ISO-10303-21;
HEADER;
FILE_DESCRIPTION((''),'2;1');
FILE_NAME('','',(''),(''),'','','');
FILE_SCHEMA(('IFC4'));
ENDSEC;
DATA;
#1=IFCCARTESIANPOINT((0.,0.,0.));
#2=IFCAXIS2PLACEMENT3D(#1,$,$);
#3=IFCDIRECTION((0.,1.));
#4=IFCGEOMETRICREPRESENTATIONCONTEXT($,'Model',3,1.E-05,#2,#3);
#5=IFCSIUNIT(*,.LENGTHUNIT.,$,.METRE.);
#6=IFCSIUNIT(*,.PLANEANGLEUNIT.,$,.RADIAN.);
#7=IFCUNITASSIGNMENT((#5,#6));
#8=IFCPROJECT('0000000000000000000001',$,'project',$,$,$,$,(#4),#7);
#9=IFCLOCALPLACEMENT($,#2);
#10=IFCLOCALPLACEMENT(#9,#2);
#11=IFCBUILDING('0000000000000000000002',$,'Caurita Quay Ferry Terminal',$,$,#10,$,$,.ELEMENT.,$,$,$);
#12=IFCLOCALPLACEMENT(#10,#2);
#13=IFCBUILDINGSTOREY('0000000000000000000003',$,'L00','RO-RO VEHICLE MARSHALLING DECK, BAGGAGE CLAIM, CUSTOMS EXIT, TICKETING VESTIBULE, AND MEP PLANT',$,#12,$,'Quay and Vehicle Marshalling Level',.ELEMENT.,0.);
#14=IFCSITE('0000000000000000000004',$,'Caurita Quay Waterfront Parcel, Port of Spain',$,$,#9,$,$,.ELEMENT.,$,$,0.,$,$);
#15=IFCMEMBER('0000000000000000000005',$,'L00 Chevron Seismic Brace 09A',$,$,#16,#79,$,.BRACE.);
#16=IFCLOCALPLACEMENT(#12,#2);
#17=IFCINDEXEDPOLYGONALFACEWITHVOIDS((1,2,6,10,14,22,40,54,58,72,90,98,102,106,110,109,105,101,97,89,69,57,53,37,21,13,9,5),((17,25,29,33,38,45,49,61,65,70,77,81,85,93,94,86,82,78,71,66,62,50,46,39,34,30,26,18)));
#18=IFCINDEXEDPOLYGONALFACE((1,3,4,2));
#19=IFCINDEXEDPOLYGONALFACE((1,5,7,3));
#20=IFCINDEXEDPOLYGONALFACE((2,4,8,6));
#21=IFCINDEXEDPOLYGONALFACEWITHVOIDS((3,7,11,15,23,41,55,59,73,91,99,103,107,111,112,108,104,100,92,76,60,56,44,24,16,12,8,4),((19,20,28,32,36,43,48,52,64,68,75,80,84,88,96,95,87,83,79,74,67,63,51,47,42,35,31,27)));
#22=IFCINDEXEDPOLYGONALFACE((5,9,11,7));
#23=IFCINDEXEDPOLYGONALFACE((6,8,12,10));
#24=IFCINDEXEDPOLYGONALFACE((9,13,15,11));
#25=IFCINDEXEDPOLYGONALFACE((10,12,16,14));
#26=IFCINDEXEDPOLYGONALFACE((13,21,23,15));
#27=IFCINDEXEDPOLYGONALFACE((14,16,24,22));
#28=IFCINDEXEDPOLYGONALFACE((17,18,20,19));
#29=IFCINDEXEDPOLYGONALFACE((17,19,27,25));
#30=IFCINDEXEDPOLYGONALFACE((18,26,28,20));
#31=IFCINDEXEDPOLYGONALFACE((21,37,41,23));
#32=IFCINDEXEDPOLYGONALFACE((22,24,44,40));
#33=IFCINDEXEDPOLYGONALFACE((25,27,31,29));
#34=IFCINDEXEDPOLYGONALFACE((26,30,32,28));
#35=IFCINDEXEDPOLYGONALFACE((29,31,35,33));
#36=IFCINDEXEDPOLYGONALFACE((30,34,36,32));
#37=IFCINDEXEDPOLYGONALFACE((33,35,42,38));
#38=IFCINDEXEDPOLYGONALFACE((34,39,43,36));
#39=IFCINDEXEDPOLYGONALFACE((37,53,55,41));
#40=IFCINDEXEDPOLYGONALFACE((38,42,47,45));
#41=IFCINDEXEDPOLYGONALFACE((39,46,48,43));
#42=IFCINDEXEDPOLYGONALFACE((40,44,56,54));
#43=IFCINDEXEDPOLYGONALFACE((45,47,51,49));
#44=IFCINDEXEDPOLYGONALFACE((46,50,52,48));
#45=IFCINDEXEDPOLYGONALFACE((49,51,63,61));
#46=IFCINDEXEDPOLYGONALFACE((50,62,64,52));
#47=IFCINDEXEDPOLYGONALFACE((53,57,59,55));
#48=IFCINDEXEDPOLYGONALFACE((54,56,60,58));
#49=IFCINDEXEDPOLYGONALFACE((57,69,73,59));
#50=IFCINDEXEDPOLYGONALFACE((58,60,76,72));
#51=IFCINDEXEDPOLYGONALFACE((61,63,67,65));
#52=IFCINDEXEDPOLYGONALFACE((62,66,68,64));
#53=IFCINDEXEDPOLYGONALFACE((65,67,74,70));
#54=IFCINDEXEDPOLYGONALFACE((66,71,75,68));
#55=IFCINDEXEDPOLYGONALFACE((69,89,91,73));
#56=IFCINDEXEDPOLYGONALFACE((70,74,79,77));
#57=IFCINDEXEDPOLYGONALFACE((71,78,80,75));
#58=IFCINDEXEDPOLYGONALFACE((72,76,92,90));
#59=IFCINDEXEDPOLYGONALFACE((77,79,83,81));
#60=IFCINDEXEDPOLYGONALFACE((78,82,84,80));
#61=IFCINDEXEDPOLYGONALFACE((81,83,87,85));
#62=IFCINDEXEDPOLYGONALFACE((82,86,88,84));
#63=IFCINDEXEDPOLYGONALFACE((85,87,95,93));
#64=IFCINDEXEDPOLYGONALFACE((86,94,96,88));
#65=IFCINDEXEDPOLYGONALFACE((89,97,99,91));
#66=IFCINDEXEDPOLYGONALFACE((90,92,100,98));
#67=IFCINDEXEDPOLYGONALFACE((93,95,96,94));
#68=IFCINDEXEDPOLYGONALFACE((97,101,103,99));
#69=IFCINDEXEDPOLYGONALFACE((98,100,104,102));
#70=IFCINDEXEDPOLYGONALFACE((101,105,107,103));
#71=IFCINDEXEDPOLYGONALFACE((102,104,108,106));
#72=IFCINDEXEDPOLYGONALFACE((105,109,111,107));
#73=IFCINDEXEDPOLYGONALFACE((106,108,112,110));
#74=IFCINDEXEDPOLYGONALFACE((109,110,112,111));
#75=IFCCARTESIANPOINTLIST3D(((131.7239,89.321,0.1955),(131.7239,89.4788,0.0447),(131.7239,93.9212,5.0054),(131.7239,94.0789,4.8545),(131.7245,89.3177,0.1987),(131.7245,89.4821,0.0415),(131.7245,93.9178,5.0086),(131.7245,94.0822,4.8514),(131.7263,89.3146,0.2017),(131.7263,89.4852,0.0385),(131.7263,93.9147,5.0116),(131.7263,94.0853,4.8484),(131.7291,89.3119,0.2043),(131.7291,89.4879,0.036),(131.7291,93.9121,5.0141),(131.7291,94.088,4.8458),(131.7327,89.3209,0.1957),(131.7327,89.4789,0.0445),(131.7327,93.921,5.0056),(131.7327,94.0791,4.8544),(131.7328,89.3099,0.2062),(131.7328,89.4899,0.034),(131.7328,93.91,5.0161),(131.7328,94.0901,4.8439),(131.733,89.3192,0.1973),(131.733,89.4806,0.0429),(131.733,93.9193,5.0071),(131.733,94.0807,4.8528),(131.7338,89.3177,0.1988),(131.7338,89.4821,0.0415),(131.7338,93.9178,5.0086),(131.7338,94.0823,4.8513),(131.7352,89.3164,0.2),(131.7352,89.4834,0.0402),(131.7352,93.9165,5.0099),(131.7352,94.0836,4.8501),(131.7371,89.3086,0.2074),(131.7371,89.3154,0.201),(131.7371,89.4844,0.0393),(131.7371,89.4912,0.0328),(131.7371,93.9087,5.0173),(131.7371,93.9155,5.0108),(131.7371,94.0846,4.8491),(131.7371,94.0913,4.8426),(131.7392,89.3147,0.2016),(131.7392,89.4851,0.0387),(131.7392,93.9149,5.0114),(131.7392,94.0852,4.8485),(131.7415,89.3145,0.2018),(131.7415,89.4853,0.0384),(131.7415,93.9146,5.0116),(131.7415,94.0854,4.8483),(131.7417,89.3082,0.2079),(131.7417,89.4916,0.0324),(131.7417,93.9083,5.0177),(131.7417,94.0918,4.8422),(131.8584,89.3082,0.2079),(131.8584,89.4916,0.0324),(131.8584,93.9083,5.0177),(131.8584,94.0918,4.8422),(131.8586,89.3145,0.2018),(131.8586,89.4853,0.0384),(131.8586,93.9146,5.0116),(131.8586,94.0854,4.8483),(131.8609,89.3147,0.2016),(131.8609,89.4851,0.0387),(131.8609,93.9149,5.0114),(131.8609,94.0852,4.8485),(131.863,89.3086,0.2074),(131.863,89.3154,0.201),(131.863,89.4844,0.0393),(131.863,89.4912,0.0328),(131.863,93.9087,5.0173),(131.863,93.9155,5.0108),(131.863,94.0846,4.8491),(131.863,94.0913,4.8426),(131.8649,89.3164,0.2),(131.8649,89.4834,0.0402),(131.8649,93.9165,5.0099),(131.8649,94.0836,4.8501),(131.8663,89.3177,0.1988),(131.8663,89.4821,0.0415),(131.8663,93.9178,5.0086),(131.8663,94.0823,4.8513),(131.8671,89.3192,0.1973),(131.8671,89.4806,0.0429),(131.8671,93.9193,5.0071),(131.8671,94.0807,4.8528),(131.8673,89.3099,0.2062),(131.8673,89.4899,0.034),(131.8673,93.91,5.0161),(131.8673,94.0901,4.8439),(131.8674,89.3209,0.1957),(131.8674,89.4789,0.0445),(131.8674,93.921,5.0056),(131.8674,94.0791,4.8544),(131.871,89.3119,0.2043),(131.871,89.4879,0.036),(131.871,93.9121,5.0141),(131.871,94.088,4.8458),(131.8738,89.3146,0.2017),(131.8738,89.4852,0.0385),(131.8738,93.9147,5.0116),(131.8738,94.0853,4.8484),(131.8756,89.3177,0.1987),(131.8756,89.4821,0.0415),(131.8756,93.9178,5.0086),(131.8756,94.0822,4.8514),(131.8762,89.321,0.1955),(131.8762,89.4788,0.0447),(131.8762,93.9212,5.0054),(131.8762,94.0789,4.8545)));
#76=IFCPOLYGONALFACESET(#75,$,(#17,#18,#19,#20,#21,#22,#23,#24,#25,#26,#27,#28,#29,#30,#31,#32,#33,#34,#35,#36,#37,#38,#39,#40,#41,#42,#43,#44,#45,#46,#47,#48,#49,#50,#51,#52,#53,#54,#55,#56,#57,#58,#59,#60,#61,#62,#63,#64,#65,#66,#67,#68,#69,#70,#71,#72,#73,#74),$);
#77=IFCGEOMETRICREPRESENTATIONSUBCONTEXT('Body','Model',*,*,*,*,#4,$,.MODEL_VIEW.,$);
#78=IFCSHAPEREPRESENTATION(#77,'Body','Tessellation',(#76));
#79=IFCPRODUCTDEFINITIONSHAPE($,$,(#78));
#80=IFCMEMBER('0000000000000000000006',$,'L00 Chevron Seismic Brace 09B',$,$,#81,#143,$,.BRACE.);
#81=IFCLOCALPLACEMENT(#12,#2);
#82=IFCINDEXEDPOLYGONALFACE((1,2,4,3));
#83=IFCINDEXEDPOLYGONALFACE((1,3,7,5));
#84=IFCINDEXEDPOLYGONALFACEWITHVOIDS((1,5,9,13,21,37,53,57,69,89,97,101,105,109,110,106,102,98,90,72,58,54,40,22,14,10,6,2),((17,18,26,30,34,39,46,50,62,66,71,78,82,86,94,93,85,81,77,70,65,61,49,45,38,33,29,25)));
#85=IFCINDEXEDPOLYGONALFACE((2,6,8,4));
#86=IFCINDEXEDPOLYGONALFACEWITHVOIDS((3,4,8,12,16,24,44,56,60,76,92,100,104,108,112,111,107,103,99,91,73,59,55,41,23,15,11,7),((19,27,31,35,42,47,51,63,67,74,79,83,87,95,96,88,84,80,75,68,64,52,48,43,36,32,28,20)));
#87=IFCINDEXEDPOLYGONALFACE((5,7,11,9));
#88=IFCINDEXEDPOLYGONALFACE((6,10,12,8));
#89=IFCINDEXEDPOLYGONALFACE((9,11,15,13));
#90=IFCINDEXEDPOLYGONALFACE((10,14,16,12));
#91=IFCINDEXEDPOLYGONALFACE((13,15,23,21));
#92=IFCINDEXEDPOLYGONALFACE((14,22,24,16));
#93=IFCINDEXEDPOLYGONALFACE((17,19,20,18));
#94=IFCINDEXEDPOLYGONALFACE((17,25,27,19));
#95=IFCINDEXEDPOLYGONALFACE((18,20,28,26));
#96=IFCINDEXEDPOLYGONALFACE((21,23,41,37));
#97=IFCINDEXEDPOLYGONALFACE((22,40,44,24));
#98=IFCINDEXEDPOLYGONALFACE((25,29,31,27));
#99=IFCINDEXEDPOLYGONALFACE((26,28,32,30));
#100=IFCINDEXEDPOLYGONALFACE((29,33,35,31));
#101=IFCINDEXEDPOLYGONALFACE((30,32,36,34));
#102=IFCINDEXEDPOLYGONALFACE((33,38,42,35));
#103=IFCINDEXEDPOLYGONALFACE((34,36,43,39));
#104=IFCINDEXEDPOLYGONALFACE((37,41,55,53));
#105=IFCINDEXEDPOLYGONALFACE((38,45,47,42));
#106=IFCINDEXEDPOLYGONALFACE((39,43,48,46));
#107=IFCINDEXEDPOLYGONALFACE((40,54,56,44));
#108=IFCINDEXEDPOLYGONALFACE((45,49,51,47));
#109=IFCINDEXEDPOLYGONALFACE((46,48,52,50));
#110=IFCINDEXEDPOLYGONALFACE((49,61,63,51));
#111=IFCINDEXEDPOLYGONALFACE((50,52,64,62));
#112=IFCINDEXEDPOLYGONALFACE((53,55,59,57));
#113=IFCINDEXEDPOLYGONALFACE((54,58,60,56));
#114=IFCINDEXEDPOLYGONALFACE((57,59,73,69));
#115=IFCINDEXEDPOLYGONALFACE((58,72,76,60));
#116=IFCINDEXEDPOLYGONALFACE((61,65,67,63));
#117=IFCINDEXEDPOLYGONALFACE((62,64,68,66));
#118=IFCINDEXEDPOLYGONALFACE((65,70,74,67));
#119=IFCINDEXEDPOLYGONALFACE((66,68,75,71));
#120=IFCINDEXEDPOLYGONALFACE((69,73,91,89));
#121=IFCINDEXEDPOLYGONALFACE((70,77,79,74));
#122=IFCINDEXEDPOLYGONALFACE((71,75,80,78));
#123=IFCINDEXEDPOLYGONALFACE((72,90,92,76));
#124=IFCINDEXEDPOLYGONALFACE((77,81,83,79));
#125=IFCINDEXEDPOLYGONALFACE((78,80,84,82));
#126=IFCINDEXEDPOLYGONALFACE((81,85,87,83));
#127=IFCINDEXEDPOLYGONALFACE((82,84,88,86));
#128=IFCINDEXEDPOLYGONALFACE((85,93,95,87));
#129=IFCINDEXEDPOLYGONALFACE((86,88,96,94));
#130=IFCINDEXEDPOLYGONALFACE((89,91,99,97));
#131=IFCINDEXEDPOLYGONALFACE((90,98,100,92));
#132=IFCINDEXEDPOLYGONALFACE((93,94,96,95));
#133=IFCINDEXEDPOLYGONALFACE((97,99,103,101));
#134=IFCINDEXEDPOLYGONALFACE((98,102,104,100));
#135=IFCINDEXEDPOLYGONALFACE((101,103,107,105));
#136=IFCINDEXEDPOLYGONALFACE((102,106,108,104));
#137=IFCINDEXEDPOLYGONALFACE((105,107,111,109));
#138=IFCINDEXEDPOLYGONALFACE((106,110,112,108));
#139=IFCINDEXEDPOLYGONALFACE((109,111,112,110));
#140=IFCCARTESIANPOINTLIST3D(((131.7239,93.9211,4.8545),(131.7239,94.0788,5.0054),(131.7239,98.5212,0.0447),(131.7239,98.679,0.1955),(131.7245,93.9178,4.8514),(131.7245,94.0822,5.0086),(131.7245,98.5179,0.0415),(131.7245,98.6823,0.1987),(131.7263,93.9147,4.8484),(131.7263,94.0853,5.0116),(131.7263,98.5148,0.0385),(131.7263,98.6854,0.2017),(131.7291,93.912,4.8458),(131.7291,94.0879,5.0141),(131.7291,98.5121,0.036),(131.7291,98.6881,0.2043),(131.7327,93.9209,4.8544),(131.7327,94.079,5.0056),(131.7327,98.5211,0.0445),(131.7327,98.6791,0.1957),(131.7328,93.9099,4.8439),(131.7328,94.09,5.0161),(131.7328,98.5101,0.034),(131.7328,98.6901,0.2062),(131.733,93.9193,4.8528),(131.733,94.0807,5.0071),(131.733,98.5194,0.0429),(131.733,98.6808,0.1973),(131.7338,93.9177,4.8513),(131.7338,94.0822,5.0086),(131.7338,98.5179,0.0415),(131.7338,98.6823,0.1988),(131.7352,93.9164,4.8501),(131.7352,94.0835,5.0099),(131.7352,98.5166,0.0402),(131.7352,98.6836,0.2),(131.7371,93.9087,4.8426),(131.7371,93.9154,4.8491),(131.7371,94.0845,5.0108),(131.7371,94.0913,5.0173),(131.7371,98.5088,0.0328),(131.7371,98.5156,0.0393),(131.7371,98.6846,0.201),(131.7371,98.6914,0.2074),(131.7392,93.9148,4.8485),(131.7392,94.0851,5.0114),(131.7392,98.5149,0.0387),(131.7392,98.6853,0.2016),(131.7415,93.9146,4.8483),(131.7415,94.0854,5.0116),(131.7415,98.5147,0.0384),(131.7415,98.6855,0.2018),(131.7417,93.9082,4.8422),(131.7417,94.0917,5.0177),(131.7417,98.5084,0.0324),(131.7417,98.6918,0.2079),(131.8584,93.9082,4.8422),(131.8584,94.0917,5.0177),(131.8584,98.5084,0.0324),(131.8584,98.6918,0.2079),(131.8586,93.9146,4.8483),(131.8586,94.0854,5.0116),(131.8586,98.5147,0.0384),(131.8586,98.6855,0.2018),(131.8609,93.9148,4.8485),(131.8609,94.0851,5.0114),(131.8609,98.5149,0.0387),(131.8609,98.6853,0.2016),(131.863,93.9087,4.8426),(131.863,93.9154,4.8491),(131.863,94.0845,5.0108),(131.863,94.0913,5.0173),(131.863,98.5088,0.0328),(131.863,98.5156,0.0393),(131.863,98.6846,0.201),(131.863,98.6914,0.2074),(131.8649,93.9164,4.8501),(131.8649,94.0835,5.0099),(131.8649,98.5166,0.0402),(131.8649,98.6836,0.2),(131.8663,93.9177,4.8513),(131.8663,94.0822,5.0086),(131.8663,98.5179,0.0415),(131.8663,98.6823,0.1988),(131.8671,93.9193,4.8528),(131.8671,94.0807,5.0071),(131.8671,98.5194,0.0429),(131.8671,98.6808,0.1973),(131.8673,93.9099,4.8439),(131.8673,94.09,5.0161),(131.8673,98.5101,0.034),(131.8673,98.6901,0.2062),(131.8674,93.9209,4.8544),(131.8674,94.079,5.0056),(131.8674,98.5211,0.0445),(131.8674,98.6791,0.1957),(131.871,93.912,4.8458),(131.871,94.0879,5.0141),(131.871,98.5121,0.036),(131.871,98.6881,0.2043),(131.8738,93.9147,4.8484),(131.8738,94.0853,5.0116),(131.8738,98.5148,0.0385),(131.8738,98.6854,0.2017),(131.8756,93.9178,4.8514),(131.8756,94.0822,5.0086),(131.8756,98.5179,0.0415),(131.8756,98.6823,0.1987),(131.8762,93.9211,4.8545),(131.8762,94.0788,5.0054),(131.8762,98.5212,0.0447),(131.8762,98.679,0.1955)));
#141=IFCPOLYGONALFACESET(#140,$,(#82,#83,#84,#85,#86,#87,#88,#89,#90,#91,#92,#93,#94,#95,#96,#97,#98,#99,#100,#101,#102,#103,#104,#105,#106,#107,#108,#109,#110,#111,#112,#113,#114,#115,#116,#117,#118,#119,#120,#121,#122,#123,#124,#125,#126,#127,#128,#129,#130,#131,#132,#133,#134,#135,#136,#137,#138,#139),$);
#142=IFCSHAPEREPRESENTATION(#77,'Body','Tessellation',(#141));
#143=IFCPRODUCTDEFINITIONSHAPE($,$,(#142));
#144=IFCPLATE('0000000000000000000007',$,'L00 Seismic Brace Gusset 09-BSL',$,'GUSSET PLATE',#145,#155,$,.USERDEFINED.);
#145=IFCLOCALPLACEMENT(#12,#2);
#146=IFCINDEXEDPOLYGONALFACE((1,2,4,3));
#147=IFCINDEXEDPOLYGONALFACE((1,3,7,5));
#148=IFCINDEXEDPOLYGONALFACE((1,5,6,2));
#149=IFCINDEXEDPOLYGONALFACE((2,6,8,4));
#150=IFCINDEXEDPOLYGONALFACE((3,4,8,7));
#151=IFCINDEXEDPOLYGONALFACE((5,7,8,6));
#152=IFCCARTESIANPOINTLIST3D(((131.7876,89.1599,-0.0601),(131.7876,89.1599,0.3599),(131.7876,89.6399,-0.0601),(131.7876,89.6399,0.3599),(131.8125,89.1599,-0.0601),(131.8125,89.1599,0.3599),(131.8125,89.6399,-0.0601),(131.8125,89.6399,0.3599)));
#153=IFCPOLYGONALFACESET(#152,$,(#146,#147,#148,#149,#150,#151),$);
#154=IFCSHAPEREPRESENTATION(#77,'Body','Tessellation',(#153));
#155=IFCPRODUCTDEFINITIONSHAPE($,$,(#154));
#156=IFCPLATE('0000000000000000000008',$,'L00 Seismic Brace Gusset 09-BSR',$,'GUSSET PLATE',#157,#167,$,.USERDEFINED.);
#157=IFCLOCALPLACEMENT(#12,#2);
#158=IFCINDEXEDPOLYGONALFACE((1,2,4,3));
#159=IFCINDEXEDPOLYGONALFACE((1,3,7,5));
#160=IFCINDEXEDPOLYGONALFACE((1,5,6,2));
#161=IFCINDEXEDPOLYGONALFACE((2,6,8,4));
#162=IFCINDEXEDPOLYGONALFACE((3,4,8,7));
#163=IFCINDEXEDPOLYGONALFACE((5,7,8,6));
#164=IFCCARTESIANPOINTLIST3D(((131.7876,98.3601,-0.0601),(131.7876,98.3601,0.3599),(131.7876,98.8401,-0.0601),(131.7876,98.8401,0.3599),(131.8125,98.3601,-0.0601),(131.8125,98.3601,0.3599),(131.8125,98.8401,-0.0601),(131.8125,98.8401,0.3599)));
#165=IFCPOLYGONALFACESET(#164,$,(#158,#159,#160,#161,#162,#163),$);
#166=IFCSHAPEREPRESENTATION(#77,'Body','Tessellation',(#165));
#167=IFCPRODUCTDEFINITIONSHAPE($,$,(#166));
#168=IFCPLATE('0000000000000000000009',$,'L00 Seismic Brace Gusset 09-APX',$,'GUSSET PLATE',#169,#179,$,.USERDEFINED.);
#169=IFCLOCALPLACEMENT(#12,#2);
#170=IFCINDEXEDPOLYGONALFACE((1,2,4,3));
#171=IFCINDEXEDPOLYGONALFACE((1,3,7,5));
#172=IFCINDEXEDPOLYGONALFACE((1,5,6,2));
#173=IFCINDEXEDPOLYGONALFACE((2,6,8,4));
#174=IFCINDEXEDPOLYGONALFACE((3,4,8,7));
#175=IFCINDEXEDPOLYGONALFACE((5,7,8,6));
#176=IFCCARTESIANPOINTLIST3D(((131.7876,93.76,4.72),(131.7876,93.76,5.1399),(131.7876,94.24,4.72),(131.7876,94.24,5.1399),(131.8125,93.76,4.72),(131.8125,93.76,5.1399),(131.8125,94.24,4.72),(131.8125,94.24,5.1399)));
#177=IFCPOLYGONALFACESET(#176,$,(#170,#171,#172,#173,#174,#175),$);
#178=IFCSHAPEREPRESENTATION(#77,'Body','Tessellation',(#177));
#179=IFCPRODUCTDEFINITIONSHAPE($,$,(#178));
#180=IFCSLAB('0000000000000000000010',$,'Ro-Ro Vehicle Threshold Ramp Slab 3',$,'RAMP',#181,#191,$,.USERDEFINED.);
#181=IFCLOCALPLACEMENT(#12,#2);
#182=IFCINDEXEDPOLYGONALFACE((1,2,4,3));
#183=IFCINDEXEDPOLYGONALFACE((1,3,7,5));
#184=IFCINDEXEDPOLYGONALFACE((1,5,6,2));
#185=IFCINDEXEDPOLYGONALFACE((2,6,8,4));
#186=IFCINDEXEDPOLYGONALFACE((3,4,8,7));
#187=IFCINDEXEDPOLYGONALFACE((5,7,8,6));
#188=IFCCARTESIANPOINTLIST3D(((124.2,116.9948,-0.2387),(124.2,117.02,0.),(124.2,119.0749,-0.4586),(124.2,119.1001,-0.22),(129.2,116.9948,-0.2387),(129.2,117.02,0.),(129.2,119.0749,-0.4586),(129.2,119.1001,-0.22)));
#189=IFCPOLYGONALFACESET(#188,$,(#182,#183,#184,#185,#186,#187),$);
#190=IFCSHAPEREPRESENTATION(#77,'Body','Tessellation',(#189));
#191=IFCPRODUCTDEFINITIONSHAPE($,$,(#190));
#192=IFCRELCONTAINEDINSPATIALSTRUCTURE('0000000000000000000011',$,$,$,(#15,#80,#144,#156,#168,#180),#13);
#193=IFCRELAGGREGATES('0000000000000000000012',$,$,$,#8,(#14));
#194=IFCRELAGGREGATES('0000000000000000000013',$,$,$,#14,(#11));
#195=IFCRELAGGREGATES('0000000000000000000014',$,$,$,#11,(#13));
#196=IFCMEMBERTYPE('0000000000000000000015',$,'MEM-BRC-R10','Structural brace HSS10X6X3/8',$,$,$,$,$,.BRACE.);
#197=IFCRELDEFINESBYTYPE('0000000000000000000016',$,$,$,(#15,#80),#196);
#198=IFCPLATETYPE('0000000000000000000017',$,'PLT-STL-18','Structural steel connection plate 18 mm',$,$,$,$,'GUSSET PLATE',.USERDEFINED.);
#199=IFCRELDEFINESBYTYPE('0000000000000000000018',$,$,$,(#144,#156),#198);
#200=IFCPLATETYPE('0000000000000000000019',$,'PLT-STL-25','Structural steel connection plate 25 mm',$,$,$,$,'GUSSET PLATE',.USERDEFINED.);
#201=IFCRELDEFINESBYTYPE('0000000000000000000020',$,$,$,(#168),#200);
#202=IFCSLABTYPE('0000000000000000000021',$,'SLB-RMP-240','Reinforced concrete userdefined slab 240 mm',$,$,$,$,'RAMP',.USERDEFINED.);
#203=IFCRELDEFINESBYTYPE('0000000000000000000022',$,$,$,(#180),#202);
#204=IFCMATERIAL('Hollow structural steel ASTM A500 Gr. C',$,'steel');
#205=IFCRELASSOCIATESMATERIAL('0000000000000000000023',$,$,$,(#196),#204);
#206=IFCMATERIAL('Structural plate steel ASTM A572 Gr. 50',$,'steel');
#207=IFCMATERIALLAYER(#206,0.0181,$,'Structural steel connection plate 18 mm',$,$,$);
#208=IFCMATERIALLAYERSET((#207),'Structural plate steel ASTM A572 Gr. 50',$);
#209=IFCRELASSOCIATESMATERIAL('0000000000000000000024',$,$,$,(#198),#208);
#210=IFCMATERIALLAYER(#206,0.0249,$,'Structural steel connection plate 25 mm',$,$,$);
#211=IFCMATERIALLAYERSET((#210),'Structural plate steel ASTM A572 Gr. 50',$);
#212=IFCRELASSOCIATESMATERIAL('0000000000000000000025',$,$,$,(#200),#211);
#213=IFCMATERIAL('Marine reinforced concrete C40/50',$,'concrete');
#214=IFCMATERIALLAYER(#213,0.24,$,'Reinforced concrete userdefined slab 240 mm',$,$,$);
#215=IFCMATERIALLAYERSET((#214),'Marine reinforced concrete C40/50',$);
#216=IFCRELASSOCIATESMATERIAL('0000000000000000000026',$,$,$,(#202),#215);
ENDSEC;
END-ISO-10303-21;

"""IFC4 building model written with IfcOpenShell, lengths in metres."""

from ifc_helpers import new_model, si_unit, direction, frame, origin, origin_2d, place, context, subcontext, project, spatial, polyline, rectangle, hollow_rectangle, outline, extrude, material, layer, layer_set, material_profile, profile_set, type_object, element, save


model = new_model("IFC4")

# Units and contexts
model_context = context("Model", 3, precision=1e-05, world=origin(), true_north=direction((0.0, 1.0)))
body_context = subcontext(model_context, "Body", "Model", "MODEL_VIEW")
ifc_project = project(units=[si_unit("LENGTHUNIT", "METRE"), si_unit("PLANEANGLEUNIT", "RADIAN")], contexts=[model_context])

# Site, building, storey
site_placement = place(None, origin())
site = spatial("IfcSite", under=ifc_project, at=site_placement, Name="Caurita Quay Waterfront Parcel, Port of Spain", CompositionType="ELEMENT", RefElevation=0.0)
building_placement = place(site_placement, origin())
building = spatial("IfcBuilding", under=site, at=building_placement, Name="Caurita Quay Ferry Terminal", CompositionType="ELEMENT")
storey_placement = place(building_placement, origin())
storey = spatial("IfcBuildingStorey", under=building, at=storey_placement, Name="L00", Description="RO-RO VEHICLE MARSHALLING DECK, BAGGAGE CLAIM, CUSTOMS EXIT, TICKETING VESTIBULE, AND MEP PLANT", LongName="Quay and Vehicle Marshalling Level", CompositionType="ELEMENT", Elevation=0.0)

# Shared definitions
ifc_material_1 = material(Name="Marine reinforced concrete C40/50", Category="concrete")

# Members
ifc_material_2 = material(Name="Hollow structural steel ASTM A500 Gr. C", Category="steel")
ifc_material_profile_1 = material_profile(ifc_material_2, hollow_rectangle(XDim=0.1523, YDim=0.2539, WallThickness=0.0088, InnerFilletRadius=0.0088, OuterFilletRadius=0.0178, at=origin_2d()), Name="HSS10X6X3/8")
ifc_profile_set_1 = profile_set([ifc_material_profile_1], Name="Hollow structural steel ASTM A500 Gr. C")
member_type = type_object("IfcMemberType", Name="MEM-BRC-R10", Description="Structural brace HSS10X6X3/8", PredefinedType="BRACE", material=ifc_profile_set_1)
for number, where, z_axis, x_axis, name in (
    (1, (131.8, 89.3999, 0.1201), (0.0, 0.691176, 0.722686), (-1.0, 0.0, 0.0), "L00 Chevron Seismic Brace 09A"),
    (2, (131.8, 98.6001, 0.1201), (0.0, -0.691176, 0.722686), (1.0, 0.0, 0.0), "L00 Chevron Seismic Brace 09B"),
):
    element("IfcMember", number, at=place(storey_placement, frame(where, z_axis=z_axis, x_axis=x_axis)), inside=storey, type_object=member_type, Name=name, PredefinedType="BRACE", context=body_context, shape_type="SweptSolid", body=[
        extrude(hollow_rectangle(XDim=0.1523, YDim=0.2539, WallThickness=0.0088, InnerFilletRadius=0.0088, OuterFilletRadius=0.0178, at=origin_2d()), origin(), (0.0, 0.0, 1.0), 6.6555),
    ])

# Plates
ifc_material_3 = material(Name="Structural plate steel ASTM A572 Gr. 50", Category="steel")
ifc_layer_1 = layer(ifc_material_3, 0.0181, Name="Structural steel connection plate 18 mm")
ifc_layer_set_1 = layer_set([ifc_layer_1], Name="Structural plate steel ASTM A572 Gr. 50")
plate_type_1 = type_object("IfcPlateType", Name="PLT-STL-18", Description="Structural steel connection plate 18 mm", ElementType="GUSSET PLATE", PredefinedType="USERDEFINED", material=ifc_layer_set_1)
for number, where, z_axis, x_axis, name in (
    (3, (131.8, 89.3999, -0.0601), (0.0, 0.0, 1.0), (0.0, 1.0, 0.0), "L00 Seismic Brace Gusset 09-BSL"),
    (4, (131.8, 98.6001, -0.0601), (0.0, 0.0, 1.0), (0.0, 1.0, 0.0), "L00 Seismic Brace Gusset 09-BSR"),
):
    element("IfcPlate", number, at=place(storey_placement, frame(where, z_axis=z_axis, x_axis=x_axis)), inside=storey, type_object=plate_type_1, Name=name, ObjectType="GUSSET PLATE", PredefinedType="USERDEFINED", context=body_context, shape_type="SweptSolid", body=[
        extrude(rectangle(XDim=0.48, YDim=0.0249, at=origin_2d()), origin(), (0.0, 0.0, 1.0), 0.4199),
    ])
ifc_layer_2 = layer(ifc_material_3, 0.0249, Name="Structural steel connection plate 25 mm")
ifc_layer_set_2 = layer_set([ifc_layer_2], Name="Structural plate steel ASTM A572 Gr. 50")
plate_type_2 = type_object("IfcPlateType", Name="PLT-STL-25", Description="Structural steel connection plate 25 mm", ElementType="GUSSET PLATE", PredefinedType="USERDEFINED", material=ifc_layer_set_2)
plate_placement = place(storey_placement, frame((131.8, 94.0, 4.72), z_axis=(0.0, 0.0, 1.0), x_axis=(0.0, 1.0, 0.0)))
element("IfcPlate", 5, at=plate_placement, inside=storey, type_object=plate_type_2, Name="L00 Seismic Brace Gusset 09-APX", ObjectType="GUSSET PLATE", PredefinedType="USERDEFINED", context=body_context, shape_type="SweptSolid", body=[
    extrude(rectangle(XDim=0.48, YDim=0.0249, at=origin_2d()), origin(), (0.0, 0.0, 1.0), 0.4199),
])

# Slab
ifc_layer_3 = layer(ifc_material_1, 0.24, Name="Reinforced concrete userdefined slab 240 mm")
ifc_layer_set_3 = layer_set([ifc_layer_3], Name="Marine reinforced concrete C40/50")
slab_type = type_object("IfcSlabType", Name="SLB-RMP-240", Description="Reinforced concrete userdefined slab 240 mm", ElementType="RAMP", PredefinedType="USERDEFINED", material=ifc_layer_set_3)
slab_placement = place(storey_placement, frame((124.2, 117.02, 0.0), z_axis=(0.0, 0.105165, 0.994455), x_axis=(1.0, 0.0, 0.0)))
element("IfcSlab", 6, at=slab_placement, inside=storey, type_object=slab_type, Name="Ro-Ro Vehicle Threshold Ramp Slab 3", ObjectType="RAMP", PredefinedType="USERDEFINED", context=body_context, shape_type="SweptSolid", body=[
    extrude(outline(polyline([(0.0, 0.0), (5.0, 0.0), (5.0, 2.0917), (0.0, 2.0917), (0.0, 0.0)])), origin(), (0.0, 0.0, -1.0), 0.24),
])

save(model, "model.ifc")
